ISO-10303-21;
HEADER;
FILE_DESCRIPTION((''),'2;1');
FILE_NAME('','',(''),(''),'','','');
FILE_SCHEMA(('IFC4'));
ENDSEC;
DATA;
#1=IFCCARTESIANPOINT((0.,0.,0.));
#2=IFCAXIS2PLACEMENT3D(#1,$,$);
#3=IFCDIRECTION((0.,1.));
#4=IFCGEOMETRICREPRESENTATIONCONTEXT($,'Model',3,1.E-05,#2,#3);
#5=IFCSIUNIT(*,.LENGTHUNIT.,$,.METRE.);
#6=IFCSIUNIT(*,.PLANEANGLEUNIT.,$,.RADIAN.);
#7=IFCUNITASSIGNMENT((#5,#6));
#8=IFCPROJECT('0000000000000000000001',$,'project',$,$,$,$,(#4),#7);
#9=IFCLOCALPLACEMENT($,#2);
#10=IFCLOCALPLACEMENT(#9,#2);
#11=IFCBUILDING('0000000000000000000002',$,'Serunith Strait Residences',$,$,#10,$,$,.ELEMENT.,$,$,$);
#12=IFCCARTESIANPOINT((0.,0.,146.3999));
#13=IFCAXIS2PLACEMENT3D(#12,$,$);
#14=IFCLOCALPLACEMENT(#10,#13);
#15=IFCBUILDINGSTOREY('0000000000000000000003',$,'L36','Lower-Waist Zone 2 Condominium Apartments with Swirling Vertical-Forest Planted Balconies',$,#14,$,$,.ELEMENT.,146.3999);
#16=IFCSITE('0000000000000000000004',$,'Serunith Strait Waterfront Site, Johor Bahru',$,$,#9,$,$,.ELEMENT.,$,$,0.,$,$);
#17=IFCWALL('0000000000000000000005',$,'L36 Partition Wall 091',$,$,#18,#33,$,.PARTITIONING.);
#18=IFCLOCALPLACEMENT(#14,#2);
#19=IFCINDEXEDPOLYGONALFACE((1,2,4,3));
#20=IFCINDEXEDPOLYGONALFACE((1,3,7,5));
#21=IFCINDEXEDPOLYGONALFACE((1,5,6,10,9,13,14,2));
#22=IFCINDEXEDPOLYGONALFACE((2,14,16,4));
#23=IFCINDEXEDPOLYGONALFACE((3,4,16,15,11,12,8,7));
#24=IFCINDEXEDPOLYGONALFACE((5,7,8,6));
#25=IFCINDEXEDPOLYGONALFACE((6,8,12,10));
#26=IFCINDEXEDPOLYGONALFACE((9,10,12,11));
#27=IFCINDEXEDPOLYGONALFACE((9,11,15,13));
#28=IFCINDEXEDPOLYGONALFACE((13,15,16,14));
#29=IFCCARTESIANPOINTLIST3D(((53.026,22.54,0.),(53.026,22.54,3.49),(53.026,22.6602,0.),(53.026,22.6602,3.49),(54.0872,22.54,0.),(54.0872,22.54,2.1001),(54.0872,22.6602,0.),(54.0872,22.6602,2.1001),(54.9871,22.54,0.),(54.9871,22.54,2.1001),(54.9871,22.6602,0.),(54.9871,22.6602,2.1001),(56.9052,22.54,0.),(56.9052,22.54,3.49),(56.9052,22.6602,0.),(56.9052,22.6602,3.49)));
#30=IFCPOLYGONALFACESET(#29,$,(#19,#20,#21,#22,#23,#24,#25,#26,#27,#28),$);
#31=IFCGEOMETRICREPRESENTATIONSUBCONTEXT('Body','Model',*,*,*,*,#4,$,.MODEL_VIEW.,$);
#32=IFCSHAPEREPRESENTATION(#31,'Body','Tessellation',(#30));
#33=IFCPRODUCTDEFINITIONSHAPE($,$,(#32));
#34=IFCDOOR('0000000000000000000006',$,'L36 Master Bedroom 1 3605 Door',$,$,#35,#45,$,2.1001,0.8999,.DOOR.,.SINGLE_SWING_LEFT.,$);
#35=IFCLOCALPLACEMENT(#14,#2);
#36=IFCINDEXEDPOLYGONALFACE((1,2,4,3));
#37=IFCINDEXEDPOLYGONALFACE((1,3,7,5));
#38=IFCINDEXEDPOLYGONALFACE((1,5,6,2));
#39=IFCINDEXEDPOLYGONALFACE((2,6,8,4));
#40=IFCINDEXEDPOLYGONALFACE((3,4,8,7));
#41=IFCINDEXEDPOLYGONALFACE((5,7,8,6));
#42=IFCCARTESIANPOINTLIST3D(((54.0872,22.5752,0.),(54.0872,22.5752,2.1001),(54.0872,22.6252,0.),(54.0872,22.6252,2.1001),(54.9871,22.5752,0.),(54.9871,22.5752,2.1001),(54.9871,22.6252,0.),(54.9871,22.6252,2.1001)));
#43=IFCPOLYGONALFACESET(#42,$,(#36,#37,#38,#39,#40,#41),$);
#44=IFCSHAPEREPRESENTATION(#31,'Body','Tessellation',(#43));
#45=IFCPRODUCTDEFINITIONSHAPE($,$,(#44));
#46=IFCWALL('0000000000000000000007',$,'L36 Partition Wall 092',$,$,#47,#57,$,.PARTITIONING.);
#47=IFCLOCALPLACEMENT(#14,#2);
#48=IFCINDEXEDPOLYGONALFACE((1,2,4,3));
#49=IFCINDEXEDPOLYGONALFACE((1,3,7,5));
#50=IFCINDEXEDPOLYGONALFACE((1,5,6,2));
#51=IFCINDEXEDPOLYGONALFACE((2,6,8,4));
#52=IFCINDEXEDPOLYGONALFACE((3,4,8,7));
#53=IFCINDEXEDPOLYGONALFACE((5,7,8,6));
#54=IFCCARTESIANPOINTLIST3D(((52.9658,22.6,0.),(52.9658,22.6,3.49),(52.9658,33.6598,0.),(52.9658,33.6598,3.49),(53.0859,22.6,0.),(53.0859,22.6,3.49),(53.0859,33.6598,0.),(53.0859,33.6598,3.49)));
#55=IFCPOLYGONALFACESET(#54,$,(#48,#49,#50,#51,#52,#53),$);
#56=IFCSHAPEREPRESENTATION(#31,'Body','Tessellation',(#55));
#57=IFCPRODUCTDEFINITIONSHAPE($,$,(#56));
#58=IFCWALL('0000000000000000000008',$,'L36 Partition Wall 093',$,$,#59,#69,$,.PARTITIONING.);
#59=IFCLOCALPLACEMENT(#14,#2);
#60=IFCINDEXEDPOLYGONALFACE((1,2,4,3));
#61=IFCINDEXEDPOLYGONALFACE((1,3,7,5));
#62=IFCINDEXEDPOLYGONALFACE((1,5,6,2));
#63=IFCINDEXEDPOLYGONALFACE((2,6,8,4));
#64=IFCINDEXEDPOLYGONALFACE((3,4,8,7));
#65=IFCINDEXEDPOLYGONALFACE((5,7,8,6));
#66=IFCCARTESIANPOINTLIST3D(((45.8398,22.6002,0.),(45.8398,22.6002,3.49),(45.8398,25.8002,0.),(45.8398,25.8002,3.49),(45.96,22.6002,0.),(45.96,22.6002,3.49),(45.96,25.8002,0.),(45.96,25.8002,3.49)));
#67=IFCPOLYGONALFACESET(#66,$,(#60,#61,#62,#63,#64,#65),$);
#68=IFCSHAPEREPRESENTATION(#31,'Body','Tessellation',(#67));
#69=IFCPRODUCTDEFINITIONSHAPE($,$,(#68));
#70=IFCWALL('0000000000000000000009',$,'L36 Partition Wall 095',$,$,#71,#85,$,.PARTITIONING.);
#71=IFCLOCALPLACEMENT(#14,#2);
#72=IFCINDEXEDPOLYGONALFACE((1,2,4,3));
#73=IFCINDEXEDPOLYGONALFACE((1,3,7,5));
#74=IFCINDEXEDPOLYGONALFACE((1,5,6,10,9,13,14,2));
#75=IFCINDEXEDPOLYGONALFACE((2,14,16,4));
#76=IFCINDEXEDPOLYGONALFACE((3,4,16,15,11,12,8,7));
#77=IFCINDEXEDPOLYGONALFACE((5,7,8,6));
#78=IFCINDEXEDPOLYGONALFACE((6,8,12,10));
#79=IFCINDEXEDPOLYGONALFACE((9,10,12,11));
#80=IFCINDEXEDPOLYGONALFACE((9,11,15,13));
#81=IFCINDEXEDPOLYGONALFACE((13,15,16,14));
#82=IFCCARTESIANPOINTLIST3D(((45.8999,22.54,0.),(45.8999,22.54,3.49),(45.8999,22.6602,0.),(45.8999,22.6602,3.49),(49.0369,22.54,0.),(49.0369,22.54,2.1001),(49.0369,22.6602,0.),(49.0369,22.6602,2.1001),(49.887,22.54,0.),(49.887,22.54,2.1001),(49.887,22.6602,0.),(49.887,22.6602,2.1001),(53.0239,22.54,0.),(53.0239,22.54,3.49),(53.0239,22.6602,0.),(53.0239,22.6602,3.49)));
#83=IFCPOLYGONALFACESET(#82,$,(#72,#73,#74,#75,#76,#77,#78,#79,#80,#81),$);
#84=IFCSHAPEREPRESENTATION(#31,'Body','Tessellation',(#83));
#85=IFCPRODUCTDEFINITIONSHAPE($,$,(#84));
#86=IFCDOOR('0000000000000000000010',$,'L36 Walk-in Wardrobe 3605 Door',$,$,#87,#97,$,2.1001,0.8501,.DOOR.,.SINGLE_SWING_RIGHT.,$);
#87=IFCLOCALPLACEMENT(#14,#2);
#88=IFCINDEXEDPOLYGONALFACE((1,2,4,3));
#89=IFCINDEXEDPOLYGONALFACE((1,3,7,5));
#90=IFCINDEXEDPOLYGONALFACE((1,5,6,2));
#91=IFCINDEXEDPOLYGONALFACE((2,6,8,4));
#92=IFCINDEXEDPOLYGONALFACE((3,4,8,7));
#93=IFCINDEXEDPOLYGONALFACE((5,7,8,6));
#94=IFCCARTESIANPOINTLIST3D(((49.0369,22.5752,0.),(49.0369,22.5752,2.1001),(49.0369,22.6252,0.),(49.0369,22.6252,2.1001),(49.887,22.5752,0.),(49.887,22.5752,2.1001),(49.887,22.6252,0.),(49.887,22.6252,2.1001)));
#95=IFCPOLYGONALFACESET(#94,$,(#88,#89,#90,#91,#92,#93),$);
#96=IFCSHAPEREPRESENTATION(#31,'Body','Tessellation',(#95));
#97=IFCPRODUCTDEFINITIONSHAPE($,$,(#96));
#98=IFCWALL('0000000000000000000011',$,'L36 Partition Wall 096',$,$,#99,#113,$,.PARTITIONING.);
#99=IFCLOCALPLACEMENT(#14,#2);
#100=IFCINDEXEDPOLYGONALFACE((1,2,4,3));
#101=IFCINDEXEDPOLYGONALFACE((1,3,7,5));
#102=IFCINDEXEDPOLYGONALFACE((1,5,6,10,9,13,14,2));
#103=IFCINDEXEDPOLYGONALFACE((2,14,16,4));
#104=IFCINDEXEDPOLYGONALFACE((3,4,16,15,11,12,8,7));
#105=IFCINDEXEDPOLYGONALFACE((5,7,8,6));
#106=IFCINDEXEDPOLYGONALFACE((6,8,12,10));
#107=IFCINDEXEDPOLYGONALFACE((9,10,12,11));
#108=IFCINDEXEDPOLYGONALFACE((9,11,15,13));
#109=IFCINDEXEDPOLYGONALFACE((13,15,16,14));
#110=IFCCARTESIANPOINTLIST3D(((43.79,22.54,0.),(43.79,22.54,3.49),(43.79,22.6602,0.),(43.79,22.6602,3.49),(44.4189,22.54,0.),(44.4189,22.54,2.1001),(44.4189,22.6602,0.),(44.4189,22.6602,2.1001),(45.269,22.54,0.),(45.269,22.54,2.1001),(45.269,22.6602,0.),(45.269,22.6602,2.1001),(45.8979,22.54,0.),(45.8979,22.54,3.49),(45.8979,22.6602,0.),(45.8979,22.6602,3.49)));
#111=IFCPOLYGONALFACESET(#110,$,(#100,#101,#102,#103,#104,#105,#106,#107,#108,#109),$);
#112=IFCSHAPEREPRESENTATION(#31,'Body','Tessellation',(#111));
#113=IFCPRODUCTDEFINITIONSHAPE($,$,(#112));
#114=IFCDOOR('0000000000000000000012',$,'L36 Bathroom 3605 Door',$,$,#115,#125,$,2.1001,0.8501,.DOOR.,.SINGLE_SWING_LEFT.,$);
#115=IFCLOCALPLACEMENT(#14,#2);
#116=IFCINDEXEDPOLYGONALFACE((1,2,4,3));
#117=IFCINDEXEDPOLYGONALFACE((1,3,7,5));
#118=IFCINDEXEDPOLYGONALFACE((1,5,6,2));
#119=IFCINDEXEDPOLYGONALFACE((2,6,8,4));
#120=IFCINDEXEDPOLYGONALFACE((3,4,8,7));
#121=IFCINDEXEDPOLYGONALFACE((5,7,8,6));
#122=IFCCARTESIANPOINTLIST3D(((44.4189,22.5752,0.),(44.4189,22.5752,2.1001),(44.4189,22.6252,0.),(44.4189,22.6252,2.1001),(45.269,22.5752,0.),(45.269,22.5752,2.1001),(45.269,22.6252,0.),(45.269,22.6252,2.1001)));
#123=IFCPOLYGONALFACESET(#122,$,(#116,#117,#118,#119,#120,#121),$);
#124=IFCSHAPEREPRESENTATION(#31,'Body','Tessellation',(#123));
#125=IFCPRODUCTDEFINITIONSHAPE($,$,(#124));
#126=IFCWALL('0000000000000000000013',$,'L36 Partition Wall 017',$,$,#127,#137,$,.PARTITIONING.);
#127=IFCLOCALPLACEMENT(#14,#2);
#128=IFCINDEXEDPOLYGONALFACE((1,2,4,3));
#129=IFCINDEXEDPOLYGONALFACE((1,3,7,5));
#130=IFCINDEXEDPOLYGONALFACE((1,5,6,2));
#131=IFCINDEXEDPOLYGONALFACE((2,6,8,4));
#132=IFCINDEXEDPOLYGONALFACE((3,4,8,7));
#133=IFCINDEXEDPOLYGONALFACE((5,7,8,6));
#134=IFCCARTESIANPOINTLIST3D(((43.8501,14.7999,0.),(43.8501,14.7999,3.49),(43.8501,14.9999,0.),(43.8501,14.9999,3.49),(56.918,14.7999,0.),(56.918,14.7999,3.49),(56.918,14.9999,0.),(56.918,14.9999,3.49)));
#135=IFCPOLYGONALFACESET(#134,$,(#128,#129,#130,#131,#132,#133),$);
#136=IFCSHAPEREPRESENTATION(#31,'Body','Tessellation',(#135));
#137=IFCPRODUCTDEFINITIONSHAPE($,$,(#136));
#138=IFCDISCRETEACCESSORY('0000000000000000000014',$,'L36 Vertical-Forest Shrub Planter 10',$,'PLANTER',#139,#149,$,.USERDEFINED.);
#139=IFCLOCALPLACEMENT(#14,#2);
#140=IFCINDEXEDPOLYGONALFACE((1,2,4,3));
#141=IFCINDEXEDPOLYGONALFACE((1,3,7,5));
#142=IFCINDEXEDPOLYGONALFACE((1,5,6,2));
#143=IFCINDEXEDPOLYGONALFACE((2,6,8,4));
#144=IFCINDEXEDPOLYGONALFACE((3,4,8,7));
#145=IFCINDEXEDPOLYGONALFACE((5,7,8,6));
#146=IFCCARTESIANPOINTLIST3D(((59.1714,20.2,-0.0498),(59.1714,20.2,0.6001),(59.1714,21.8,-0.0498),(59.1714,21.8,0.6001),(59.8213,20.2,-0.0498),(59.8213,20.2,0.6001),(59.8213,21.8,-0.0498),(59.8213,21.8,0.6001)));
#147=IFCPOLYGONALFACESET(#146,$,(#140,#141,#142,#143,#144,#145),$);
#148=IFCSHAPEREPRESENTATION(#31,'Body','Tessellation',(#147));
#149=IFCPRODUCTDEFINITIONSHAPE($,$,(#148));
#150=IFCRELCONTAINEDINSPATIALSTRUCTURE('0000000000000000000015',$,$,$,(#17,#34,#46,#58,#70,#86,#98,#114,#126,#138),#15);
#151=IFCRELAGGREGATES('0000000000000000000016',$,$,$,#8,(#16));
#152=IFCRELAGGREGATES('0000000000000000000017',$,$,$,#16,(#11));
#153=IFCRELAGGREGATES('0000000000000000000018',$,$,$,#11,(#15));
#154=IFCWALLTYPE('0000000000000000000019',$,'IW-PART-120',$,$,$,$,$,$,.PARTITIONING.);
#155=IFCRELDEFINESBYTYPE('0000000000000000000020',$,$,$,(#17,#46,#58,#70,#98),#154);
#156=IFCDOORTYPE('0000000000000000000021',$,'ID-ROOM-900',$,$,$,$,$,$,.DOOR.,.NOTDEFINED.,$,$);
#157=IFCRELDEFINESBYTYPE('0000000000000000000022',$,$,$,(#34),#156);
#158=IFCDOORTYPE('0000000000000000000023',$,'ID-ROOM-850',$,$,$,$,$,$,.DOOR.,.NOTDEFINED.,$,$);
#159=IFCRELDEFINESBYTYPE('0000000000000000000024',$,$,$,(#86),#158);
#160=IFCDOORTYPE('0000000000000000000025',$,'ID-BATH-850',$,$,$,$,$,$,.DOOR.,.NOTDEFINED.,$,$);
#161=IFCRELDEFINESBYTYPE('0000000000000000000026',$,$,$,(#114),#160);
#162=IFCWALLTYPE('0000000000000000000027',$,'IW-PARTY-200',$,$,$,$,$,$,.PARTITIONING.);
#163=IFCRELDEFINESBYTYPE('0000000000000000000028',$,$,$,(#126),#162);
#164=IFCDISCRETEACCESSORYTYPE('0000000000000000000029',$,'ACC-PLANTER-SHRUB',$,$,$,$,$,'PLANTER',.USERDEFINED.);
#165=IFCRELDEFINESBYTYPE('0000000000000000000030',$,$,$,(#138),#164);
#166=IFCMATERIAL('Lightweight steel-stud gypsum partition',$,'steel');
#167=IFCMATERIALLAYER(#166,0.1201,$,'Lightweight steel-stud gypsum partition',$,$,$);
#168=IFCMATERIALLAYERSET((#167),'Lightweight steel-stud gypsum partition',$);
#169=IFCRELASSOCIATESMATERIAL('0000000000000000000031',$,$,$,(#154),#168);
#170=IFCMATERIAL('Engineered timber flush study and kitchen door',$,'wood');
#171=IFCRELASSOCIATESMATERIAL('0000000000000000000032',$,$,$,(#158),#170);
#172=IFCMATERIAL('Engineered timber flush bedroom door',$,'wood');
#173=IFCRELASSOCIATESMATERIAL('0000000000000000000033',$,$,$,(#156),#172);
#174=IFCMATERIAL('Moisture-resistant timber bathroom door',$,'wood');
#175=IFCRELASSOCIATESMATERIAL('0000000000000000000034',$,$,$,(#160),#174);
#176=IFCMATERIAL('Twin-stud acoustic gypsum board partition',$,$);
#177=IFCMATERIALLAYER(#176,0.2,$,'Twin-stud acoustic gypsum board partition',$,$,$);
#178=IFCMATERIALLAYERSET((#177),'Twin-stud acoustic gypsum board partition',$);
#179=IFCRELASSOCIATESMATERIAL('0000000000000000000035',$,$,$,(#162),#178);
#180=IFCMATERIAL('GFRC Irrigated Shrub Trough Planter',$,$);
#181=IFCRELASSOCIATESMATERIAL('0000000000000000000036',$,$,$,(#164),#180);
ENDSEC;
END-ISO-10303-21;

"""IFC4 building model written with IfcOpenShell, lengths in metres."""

from ifc_helpers import new_model, si_unit, direction, frame, frame_2d, origin, origin_2d, place, context, subcontext, project, spatial, rectangle, extrude, source, transform, mapped, material, layer, layer_set, type_object, element, fill, save


model = new_model("IFC4")

# Units and contexts
model_context = context("Model", 3, precision=1e-05, world=origin(), true_north=direction((0.0, 1.0)))
body_context = subcontext(model_context, "Body", "Model", "MODEL_VIEW")
ifc_project = project(units=[si_unit("LENGTHUNIT", "METRE"), si_unit("PLANEANGLEUNIT", "RADIAN")], contexts=[model_context])

# Site, building, storey
site_placement = place(None, origin())
site = spatial("IfcSite", under=ifc_project, at=site_placement, Name="Serunith Strait Waterfront Site, Johor Bahru", CompositionType="ELEMENT", RefElevation=0.0)
building_placement = place(site_placement, origin())
building = spatial("IfcBuilding", under=site, at=building_placement, Name="Serunith Strait Residences", CompositionType="ELEMENT")
storey_placement = place(building_placement, frame((0.0, 0.0, 146.3999)))
storey = spatial("IfcBuildingStorey", under=building, at=storey_placement, Name="L36", Description="Lower-Waist Zone 2 Condominium Apartments with Swirling Vertical-Forest Planted Balconies", CompositionType="ELEMENT", Elevation=146.3999)

# Shared definitions
ifc_material_1 = material(Name="Lightweight steel-stud gypsum partition", Category="steel")
ifc_layer_1 = layer(ifc_material_1, 0.1201, Name="Lightweight steel-stud gypsum partition")
ifc_layer_set_1 = layer_set([ifc_layer_1], Name="Lightweight steel-stud gypsum partition")
wall_type_1 = type_object("IfcWallType", Name="IW-PART-120", PredefinedType="PARTITIONING", material=ifc_layer_set_1)
ifc_material_2 = material(Name="Engineered timber flush study and kitchen door", Category="wood")
door_type_1 = type_object("IfcDoorType", Name="ID-ROOM-850", OperationType="NOTDEFINED", PredefinedType="DOOR", material=ifc_material_2)
shared_shape_1 = source(origin(), body_context, "Body", "SweptSolid", [
    extrude(rectangle(XDim=0.8501, YDim=2.1001, at=frame_2d((0.425, 1.05))), frame((0.0, 0.0249, 0.0), z_axis=(0.0, -1.0, 0.0), x_axis=(1.0, 0.0, 0.0)), (0.0, 0.0, 1.0), 0.05),
])

# Wall, opening, door
wall_1_placement = place(storey_placement, frame((56.905, 22.6001, 0.0), z_axis=(0.0, 0.0, 1.0), x_axis=(-1.0, 0.0, 0.0)))
wall_1 = element("IfcWall", 1, at=wall_1_placement, inside=storey, type_object=wall_type_1, Name="L36 Partition Wall 091", PredefinedType="PARTITIONING", context=body_context, shape_type="SweptSolid", body=[
    extrude(rectangle(XDim=3.8792, YDim=0.1201, at=frame_2d((1.9395, 0.0))), origin(), (0.0, 0.0, 1.0), 3.49),
])
opening_1_placement = place(wall_1_placement, frame((1.918, 0.0, 0.0)))
opening_1 = element("IfcOpeningElement", 2, at=opening_1_placement, cuts=wall_1, PredefinedType="OPENING", context=body_context, shape_type="SweptSolid", body=[
    extrude(rectangle(XDim=0.8999, YDim=2.1001, at=frame_2d((0.45, 1.05))), frame((0.0, 0.0701, 0.0), z_axis=(0.0, -1.0, 0.0), x_axis=(1.0, 0.0, 0.0)), (0.0, 0.0, 1.0), 0.1401),
])
ifc_material_3 = material(Name="Engineered timber flush bedroom door", Category="wood")
door_type_2 = type_object("IfcDoorType", Name="ID-ROOM-900", OperationType="NOTDEFINED", PredefinedType="DOOR", material=ifc_material_3)
shared_shape_2 = source(origin(), body_context, "Body", "SweptSolid", [
    extrude(rectangle(XDim=0.8999, YDim=2.1001, at=frame_2d((0.45, 1.05))), frame((0.0, 0.0249, 0.0), z_axis=(0.0, -1.0, 0.0), x_axis=(1.0, 0.0, 0.0)), (0.0, 0.0, 1.0), 0.05),
])
door_1_placement = place(opening_1_placement, origin())
door_1 = element("IfcDoor", 3, at=door_1_placement, inside=storey, type_object=door_type_2, Name="L36 Master Bedroom 1 3605 Door", OperationType="SINGLE_SWING_LEFT", OverallHeight=2.1001, OverallWidth=0.8999, PredefinedType="DOOR", context=body_context, shape_type="MappedRepresentation", body=[
    mapped(shared_shape_2, transform((0.0, 0.0, 0.0), scale=1.0)),
])
fill(opening_1, door_1)

# Walls
wall_2_placement = place(storey_placement, frame((53.0259, 22.6001, 0.0), z_axis=(0.0, 0.0, 1.0), x_axis=(0.0, 1.0, 0.0)))
element("IfcWall", 4, at=wall_2_placement, inside=storey, type_object=wall_type_1, Name="L36 Partition Wall 092", PredefinedType="PARTITIONING", context=body_context, shape_type="SweptSolid", body=[
    extrude(rectangle(XDim=11.0598, YDim=0.1201, at=frame_2d((5.5298, 0.0))), origin(), (0.0, 0.0, 1.0), 3.49),
])
wall_3_placement = place(storey_placement, frame((45.8999, 22.6001, 0.0), z_axis=(0.0, 0.0, 1.0), x_axis=(0.0, 1.0, 0.0)))
element("IfcWall", 5, at=wall_3_placement, inside=storey, type_object=wall_type_1, Name="L36 Partition Wall 093", PredefinedType="PARTITIONING", context=body_context, shape_type="SweptSolid", body=[
    extrude(rectangle(XDim=3.2, YDim=0.1201, at=frame_2d((1.6001, 0.0))), origin(), (0.0, 0.0, 1.0), 3.49),
])

# Walls, openings, doors
wall_4_placement = place(storey_placement, frame((53.0239, 22.6001, 0.0), z_axis=(0.0, 0.0, 1.0), x_axis=(-1.0, 0.0, 0.0)))
wall_4 = element("IfcWall", 6, at=wall_4_placement, inside=storey, type_object=wall_type_1, Name="L36 Partition Wall 095", PredefinedType="PARTITIONING", context=body_context, shape_type="SweptSolid", body=[
    extrude(rectangle(XDim=7.124, YDim=0.1201, at=frame_2d((3.562, 0.0))), origin(), (0.0, 0.0, 1.0), 3.49),
])
opening_2_placement = place(wall_4_placement, frame((3.137, 0.0, 0.0)))
opening_2 = element("IfcOpeningElement", 7, at=opening_2_placement, cuts=wall_4, PredefinedType="OPENING", context=body_context, shape_type="SweptSolid", body=[
    extrude(rectangle(XDim=0.8501, YDim=2.1001, at=frame_2d((0.425, 1.05))), frame((0.0, 0.0701, 0.0), z_axis=(0.0, -1.0, 0.0), x_axis=(1.0, 0.0, 0.0)), (0.0, 0.0, 1.0), 0.1401),
])
door_2_placement = place(opening_2_placement, origin())
door_2 = element("IfcDoor", 8, at=door_2_placement, inside=storey, type_object=door_type_1, Name="L36 Walk-in Wardrobe 3605 Door", OperationType="SINGLE_SWING_RIGHT", OverallHeight=2.1001, OverallWidth=0.8501, PredefinedType="DOOR", context=body_context, shape_type="MappedRepresentation", body=[
    mapped(shared_shape_1, transform((0.0, 0.0, 0.0), scale=1.0)),
])
fill(opening_2, door_2)
wall_5_placement = place(storey_placement, frame((45.8979, 22.6001, 0.0), z_axis=(0.0, 0.0, 1.0), x_axis=(-1.0, 0.0, 0.0)))
wall_5 = element("IfcWall", 9, at=wall_5_placement, inside=storey, type_object=wall_type_1, Name="L36 Partition Wall 096", PredefinedType="PARTITIONING", context=body_context, shape_type="SweptSolid", body=[
    extrude(rectangle(XDim=2.1079, YDim=0.1201, at=frame_2d((1.054, 0.0))), origin(), (0.0, 0.0, 1.0), 3.49),
])
opening_3_placement = place(wall_5_placement, frame((0.6289, 0.0, 0.0)))
opening_3 = element("IfcOpeningElement", 10, at=opening_3_placement, cuts=wall_5, PredefinedType="OPENING", context=body_context, shape_type="SweptSolid", body=[
    extrude(rectangle(XDim=0.8501, YDim=2.1001, at=frame_2d((0.425, 1.05))), frame((0.0, 0.0701, 0.0), z_axis=(0.0, -1.0, 0.0), x_axis=(1.0, 0.0, 0.0)), (0.0, 0.0, 1.0), 0.1401),
])
ifc_material_4 = material(Name="Moisture-resistant timber bathroom door", Category="wood")
door_type_3 = type_object("IfcDoorType", Name="ID-BATH-850", OperationType="NOTDEFINED", PredefinedType="DOOR", material=ifc_material_4)
door_3_placement = place(opening_3_placement, origin())
door_3 = element("IfcDoor", 11, at=door_3_placement, inside=storey, type_object=door_type_3, Name="L36 Bathroom 3605 Door", OperationType="SINGLE_SWING_LEFT", OverallHeight=2.1001, OverallWidth=0.8501, PredefinedType="DOOR", context=body_context, shape_type="MappedRepresentation", body=[
    mapped(shared_shape_1, transform((0.0, 0.0, 0.0), scale=1.0)),
])
fill(opening_3, door_3)

# Wall
ifc_material_5 = material(Name="Twin-stud acoustic gypsum board partition")
ifc_layer_2 = layer(ifc_material_5, 0.2, Name="Twin-stud acoustic gypsum board partition")
ifc_layer_set_2 = layer_set([ifc_layer_2], Name="Twin-stud acoustic gypsum board partition")
wall_type_2 = type_object("IfcWallType", Name="IW-PARTY-200", PredefinedType="PARTITIONING", material=ifc_layer_set_2)
wall_6_placement = place(storey_placement, frame((43.8501, 14.8999, 0.0), z_axis=(0.0, 0.0, 1.0), x_axis=(1.0, 0.0, 0.0)))
element("IfcWall", 12, at=wall_6_placement, inside=storey, type_object=wall_type_2, Name="L36 Partition Wall 017", PredefinedType="PARTITIONING", context=body_context, shape_type="SweptSolid", body=[
    extrude(rectangle(XDim=13.0679, YDim=0.2, at=frame_2d((6.5339, 0.0))), origin(), (0.0, 0.0, 1.0), 3.49),
])

# Discrete accessory
ifc_material_6 = material(Name="GFRC Irrigated Shrub Trough Planter")
discrete_accessory_type = type_object("IfcDiscreteAccessoryType", Name="ACC-PLANTER-SHRUB", ElementType="PLANTER", PredefinedType="USERDEFINED", material=ifc_material_6)
shared_shape_3 = source(origin(), body_context, "Body", "SweptSolid", [
    extrude(rectangle(XDim=1.6001, YDim=0.6499, at=origin_2d()), origin(), (0.0, 0.0, 1.0), 0.6499),
])
discrete_accessory_placement = place(storey_placement, frame((59.4963, 21.0, -0.0498), z_axis=(0.0, 0.0, 1.0), x_axis=(0.0, 1.0, 0.0)))
element("IfcDiscreteAccessory", 13, at=discrete_accessory_placement, inside=storey, type_object=discrete_accessory_type, Name="L36 Vertical-Forest Shrub Planter 10", ObjectType="PLANTER", PredefinedType="USERDEFINED", context=body_context, shape_type="MappedRepresentation", body=[
    mapped(shared_shape_3, transform((0.0, 0.0, 0.0), scale=1.0)),
])

save(model, "model.ifc")
